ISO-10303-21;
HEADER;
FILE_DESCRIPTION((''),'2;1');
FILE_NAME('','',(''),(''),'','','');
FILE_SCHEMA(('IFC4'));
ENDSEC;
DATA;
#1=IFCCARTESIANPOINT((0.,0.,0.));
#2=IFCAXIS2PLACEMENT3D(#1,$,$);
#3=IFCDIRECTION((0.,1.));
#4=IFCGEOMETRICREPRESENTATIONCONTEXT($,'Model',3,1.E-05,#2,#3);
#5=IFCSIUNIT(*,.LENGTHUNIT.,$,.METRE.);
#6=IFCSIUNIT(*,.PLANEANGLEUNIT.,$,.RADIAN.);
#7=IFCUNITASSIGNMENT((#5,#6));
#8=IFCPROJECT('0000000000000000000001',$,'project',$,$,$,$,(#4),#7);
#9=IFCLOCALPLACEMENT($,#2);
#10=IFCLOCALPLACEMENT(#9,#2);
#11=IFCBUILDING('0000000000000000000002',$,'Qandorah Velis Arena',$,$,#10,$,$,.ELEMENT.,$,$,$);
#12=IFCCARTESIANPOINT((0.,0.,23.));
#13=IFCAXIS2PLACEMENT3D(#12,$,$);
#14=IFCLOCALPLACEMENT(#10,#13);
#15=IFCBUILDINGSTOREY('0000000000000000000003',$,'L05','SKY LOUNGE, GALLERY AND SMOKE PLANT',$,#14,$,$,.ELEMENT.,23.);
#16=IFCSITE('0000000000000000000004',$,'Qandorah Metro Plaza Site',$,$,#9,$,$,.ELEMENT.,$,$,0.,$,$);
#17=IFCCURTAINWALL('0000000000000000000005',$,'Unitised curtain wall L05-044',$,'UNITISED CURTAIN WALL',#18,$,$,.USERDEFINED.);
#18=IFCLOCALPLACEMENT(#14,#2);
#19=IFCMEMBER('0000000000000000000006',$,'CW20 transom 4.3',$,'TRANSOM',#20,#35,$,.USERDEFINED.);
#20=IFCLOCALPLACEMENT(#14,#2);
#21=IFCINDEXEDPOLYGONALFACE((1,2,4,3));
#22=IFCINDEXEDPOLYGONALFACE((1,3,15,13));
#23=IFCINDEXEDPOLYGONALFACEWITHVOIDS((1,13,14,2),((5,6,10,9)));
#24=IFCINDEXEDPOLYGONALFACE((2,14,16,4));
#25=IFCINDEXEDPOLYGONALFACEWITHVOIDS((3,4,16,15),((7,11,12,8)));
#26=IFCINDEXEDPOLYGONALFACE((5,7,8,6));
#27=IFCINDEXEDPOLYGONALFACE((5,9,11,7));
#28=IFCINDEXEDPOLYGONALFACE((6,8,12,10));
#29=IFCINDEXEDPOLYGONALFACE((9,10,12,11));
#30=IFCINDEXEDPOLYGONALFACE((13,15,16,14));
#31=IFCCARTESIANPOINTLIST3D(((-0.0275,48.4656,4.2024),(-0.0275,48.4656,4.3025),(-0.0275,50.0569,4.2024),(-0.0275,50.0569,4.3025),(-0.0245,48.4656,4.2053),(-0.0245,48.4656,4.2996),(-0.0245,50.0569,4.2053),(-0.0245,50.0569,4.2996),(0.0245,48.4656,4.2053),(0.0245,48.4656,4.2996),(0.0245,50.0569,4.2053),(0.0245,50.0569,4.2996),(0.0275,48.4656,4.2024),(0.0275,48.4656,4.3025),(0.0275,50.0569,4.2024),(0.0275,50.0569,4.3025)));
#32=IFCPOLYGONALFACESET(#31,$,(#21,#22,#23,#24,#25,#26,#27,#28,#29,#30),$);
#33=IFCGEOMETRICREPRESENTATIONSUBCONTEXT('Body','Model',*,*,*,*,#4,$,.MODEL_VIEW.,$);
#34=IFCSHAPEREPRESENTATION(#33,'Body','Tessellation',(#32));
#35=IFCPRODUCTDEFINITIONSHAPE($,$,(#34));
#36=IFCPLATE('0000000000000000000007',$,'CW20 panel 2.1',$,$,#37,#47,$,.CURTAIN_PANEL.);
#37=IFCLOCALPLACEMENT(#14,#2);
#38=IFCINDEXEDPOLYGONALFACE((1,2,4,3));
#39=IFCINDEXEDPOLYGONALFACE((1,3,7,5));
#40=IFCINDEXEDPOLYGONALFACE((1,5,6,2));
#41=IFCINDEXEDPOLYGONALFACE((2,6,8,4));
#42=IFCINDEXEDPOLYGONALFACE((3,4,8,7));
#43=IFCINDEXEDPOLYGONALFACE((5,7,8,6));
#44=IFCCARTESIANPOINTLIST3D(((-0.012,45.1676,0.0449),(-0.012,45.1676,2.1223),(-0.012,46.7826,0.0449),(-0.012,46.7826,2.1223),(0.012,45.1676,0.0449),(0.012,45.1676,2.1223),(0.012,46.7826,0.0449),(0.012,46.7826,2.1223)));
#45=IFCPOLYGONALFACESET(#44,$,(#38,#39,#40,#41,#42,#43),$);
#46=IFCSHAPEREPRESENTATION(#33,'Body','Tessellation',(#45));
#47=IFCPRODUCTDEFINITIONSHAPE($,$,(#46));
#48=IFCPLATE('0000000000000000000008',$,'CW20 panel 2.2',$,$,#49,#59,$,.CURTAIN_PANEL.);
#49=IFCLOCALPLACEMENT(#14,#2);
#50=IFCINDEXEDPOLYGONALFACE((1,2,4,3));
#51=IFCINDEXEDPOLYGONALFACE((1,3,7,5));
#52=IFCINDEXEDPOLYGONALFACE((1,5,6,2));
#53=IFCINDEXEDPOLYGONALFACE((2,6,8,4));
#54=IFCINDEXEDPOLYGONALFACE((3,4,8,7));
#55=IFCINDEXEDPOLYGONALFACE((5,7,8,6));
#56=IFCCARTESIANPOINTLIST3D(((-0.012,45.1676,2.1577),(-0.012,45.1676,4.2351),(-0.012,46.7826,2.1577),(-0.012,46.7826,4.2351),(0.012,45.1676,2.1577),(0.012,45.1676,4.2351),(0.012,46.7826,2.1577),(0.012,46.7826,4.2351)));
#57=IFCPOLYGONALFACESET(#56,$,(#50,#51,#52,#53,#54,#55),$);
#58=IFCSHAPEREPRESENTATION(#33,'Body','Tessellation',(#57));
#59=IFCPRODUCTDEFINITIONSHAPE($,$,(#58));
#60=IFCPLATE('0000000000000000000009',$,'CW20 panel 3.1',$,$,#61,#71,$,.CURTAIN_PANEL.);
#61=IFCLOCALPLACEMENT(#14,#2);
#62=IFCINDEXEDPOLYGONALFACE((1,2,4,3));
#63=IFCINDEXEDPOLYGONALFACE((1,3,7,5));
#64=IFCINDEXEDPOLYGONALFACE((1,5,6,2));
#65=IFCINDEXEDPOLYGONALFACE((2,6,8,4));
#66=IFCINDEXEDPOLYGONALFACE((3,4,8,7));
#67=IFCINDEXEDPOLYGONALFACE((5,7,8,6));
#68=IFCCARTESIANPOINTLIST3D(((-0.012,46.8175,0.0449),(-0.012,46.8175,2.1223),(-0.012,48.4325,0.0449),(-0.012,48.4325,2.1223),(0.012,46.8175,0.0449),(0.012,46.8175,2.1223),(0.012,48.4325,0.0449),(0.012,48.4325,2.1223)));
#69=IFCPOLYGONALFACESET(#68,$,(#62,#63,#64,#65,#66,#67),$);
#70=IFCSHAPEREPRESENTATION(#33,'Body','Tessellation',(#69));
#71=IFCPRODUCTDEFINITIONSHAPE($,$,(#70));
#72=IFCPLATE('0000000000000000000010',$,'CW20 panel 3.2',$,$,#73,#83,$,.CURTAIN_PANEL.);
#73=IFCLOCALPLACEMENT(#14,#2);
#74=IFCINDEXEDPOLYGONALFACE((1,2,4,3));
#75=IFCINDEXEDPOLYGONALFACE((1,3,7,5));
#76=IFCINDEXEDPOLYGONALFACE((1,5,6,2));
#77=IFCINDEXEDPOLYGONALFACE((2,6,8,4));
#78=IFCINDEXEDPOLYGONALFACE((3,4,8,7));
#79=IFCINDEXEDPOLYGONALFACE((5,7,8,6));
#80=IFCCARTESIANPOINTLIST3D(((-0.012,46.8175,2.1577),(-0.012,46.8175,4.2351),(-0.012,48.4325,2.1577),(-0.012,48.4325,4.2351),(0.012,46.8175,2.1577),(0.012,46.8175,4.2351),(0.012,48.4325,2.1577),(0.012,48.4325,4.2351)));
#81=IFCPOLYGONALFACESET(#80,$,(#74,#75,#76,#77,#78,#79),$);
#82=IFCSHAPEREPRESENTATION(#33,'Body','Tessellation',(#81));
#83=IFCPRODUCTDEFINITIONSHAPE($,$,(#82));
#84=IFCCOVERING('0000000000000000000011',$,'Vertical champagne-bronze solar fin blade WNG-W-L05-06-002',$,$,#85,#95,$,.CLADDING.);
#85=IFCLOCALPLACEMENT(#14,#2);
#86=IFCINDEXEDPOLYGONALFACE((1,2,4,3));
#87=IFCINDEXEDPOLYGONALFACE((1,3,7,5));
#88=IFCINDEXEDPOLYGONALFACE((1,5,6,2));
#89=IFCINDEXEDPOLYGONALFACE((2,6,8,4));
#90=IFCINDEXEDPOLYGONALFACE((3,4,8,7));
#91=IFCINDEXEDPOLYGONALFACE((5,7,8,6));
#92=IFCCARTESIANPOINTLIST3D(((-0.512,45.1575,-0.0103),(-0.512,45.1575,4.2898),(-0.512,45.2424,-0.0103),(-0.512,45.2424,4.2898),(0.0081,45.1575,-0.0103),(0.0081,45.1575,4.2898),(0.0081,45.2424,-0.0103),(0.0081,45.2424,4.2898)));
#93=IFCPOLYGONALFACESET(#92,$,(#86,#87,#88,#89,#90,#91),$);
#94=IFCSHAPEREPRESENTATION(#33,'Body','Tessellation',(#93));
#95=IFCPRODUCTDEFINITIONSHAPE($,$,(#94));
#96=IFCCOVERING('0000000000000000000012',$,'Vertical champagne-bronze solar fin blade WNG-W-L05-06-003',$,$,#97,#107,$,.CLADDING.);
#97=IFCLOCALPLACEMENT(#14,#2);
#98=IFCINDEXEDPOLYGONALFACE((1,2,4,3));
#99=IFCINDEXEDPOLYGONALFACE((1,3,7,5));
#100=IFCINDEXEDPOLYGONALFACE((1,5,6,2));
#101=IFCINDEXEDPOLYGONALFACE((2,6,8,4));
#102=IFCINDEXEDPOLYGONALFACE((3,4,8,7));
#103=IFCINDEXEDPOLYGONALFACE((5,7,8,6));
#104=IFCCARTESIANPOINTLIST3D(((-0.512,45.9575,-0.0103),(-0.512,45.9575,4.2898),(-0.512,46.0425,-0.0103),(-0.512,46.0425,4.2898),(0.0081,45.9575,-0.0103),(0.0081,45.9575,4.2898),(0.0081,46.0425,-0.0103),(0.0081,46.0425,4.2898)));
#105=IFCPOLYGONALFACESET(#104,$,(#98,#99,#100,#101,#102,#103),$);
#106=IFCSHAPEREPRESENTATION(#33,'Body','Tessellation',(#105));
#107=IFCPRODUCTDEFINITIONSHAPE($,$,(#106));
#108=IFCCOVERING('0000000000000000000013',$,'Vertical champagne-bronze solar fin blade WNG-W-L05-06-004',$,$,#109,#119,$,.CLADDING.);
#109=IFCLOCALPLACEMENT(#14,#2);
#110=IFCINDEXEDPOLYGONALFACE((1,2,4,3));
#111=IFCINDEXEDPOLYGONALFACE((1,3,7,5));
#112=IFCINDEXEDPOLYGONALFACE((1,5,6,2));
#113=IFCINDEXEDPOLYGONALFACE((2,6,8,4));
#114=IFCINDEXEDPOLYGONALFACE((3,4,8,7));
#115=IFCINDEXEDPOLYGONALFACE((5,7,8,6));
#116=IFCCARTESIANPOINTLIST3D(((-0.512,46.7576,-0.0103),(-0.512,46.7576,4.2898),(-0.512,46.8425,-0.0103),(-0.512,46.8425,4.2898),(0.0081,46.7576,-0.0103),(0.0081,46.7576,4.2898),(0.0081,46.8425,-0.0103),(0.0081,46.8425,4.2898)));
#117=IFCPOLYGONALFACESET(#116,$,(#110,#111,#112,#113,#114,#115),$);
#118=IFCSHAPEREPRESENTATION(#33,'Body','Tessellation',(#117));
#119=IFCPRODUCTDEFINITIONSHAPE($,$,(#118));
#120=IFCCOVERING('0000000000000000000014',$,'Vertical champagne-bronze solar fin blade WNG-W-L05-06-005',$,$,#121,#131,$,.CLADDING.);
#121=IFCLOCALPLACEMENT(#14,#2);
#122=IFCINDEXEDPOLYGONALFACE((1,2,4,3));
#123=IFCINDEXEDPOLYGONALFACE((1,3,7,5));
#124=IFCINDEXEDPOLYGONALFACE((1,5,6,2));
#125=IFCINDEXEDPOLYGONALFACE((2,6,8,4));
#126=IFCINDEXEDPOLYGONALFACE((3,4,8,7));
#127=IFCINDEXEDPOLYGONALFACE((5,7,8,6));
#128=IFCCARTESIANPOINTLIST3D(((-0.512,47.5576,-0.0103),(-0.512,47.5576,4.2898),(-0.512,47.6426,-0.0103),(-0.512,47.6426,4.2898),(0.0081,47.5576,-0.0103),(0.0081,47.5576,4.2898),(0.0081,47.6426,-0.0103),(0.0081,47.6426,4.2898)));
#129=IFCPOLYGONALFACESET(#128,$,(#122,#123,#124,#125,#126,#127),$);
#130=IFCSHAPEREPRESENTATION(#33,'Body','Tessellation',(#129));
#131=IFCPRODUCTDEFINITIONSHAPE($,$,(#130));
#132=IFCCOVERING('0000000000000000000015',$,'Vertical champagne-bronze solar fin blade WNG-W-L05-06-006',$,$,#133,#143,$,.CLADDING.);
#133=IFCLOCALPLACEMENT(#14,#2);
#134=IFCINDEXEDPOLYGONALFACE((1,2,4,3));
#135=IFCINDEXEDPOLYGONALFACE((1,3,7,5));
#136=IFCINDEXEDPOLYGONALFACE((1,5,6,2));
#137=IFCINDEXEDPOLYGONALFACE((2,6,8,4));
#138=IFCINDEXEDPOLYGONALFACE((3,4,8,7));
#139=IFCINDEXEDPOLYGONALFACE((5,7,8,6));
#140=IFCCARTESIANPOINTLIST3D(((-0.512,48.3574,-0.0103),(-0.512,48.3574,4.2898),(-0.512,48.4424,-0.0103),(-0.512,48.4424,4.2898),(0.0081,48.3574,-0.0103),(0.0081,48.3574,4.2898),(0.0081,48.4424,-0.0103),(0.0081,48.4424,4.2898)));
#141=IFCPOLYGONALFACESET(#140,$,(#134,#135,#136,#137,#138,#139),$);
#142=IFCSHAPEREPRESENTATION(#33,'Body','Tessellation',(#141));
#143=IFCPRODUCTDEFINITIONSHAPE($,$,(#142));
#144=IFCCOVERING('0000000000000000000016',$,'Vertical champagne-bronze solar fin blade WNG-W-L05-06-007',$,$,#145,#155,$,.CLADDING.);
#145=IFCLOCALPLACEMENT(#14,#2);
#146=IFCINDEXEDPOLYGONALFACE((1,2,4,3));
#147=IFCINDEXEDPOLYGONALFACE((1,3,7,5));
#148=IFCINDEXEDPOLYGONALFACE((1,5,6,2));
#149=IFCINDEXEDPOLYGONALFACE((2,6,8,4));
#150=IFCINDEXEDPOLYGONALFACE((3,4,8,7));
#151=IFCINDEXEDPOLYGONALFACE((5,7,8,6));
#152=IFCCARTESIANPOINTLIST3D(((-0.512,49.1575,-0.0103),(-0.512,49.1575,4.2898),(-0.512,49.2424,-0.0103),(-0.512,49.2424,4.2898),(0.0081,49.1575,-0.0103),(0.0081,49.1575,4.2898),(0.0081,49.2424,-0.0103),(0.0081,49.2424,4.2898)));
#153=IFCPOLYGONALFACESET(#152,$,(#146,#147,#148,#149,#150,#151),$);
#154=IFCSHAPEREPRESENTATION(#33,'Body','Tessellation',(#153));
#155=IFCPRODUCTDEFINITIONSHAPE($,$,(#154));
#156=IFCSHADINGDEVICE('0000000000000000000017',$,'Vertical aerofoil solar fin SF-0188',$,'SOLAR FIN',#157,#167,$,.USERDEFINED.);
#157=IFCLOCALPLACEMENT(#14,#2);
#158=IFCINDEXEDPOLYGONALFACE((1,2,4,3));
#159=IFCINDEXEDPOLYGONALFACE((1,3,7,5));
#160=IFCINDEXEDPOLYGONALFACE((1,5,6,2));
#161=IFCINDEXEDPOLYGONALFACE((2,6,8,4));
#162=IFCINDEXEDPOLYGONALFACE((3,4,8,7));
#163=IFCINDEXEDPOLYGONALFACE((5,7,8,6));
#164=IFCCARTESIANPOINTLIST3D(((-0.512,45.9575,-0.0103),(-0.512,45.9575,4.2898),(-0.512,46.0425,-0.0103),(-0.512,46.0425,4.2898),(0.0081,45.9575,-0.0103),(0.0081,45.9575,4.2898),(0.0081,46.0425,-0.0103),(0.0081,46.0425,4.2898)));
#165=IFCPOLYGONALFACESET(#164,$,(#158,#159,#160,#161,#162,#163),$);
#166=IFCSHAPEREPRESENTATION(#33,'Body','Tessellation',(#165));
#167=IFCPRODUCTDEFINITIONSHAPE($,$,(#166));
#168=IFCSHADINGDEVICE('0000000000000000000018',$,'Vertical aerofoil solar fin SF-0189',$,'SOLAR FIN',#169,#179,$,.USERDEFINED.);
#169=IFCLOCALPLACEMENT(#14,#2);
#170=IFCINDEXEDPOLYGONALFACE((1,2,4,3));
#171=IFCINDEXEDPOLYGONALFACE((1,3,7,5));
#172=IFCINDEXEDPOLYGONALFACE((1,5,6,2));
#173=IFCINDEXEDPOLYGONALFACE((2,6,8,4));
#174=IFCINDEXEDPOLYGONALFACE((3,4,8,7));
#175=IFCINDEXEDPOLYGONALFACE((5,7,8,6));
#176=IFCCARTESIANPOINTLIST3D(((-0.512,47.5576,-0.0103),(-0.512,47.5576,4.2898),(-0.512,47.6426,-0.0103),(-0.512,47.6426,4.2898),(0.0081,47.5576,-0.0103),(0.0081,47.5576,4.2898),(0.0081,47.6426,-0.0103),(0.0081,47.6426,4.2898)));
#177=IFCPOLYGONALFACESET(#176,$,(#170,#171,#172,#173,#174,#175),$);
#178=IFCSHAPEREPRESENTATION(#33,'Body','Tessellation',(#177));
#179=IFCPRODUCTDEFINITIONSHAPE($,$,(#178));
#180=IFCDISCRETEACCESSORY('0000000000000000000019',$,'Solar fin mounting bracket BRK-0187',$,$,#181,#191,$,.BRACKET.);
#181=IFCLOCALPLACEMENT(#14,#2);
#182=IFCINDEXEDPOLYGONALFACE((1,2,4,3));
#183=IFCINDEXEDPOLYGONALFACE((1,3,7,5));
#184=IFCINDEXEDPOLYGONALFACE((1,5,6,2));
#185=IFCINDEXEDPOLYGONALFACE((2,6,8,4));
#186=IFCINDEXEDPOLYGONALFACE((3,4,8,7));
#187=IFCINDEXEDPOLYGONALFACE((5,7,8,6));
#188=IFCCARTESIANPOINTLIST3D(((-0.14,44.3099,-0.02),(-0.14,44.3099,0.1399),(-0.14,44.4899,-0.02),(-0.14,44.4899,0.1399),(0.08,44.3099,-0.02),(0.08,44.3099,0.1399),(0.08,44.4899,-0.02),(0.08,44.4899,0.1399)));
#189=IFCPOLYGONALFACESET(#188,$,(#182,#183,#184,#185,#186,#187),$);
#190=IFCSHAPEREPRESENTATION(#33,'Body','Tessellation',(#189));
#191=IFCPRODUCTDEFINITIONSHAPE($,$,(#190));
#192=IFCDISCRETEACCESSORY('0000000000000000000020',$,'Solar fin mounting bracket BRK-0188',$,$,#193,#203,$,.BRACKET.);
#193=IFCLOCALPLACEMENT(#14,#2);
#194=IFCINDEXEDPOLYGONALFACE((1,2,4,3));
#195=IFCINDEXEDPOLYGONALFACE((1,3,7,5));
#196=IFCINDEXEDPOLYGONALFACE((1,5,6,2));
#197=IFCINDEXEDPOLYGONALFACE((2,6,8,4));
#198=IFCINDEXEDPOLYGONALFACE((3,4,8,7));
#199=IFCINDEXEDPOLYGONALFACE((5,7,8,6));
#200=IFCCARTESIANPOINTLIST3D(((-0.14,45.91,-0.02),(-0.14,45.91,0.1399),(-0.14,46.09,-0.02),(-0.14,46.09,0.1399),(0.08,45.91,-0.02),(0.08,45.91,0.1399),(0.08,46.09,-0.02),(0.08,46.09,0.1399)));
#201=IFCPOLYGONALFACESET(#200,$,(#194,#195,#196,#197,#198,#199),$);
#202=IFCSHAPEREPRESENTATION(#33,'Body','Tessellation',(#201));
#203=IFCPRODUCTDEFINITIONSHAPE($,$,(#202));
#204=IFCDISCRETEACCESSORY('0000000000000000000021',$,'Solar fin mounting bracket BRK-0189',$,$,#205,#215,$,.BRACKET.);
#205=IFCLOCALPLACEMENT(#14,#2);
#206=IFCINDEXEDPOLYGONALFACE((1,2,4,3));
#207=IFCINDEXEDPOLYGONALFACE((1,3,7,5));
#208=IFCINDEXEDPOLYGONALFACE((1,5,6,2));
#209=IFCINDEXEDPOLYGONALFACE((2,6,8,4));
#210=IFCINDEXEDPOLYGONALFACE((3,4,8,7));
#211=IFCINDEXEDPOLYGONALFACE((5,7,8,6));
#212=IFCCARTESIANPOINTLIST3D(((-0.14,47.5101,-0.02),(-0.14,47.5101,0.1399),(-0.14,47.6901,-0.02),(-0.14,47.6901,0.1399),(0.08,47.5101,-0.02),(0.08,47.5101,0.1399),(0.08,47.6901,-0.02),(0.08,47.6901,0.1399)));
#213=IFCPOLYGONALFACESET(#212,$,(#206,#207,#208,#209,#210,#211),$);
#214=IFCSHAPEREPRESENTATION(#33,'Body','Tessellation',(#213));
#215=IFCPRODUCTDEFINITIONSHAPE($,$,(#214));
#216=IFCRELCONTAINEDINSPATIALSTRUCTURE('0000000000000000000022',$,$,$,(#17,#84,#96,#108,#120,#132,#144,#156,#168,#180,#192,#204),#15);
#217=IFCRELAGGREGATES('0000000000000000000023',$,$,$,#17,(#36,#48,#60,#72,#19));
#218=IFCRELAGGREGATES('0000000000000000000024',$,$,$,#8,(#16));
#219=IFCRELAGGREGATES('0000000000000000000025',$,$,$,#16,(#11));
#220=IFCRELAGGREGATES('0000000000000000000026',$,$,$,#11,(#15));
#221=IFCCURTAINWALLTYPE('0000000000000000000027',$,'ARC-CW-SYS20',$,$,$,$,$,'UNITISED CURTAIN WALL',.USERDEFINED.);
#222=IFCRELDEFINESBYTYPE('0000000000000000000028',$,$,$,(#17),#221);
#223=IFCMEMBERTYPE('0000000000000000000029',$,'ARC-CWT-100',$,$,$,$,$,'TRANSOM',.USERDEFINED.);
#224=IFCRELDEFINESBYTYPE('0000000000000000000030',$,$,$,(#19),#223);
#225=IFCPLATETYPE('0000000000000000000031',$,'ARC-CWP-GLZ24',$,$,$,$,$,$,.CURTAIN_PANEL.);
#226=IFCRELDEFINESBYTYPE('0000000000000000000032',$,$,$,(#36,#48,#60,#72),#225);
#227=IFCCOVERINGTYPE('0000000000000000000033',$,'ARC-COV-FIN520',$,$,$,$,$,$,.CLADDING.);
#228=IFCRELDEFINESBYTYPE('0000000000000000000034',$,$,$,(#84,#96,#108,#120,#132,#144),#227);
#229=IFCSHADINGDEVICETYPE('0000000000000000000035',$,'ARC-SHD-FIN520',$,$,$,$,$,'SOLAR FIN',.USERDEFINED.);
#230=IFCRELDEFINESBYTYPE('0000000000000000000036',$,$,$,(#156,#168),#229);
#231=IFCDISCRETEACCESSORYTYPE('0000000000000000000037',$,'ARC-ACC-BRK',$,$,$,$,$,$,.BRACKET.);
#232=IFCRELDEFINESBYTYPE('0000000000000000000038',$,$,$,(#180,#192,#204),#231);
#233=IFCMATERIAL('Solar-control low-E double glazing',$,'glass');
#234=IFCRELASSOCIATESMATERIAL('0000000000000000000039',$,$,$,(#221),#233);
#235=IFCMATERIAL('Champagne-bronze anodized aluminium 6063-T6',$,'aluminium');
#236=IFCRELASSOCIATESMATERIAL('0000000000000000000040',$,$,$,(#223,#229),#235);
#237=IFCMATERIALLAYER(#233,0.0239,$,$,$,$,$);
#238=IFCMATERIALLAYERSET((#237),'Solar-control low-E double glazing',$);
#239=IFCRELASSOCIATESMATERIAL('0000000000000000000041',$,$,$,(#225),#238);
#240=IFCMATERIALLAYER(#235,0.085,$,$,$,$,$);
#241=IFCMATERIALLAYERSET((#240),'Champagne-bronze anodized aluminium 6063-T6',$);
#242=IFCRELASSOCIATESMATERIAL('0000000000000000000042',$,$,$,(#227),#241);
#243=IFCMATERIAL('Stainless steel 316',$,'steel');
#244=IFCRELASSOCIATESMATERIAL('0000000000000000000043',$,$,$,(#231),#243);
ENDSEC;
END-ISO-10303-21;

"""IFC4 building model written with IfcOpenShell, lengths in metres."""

from ifc_helpers import new_model, si_unit, direction, frame, origin, origin_2d, place, context, subcontext, project, spatial, rectangle, hollow_rectangle, extrude, material, layer, layer_set, material_profile, profile_set, type_object, element, aggregate, save


model = new_model("IFC4")

# Units and contexts
model_context = context("Model", 3, precision=1e-05, world=origin(), true_north=direction((0.0, 1.0)))
body_context = subcontext(model_context, "Body", "Model", "MODEL_VIEW")
ifc_project = project(units=[si_unit("LENGTHUNIT", "METRE"), si_unit("PLANEANGLEUNIT", "RADIAN")], contexts=[model_context])

# Site, building, storey
site_placement = place(None, origin())
site = spatial("IfcSite", under=ifc_project, at=site_placement, Name="Qandorah Metro Plaza Site", CompositionType="ELEMENT", RefElevation=0.0)
building_placement = place(site_placement, origin())
building = spatial("IfcBuilding", under=site, at=building_placement, Name="Qandorah Velis Arena", CompositionType="ELEMENT")
storey_placement = place(building_placement, frame((0.0, 0.0, 23.0)))
storey = spatial("IfcBuildingStorey", under=building, at=storey_placement, Name="L05", Description="SKY LOUNGE, GALLERY AND SMOKE PLANT", CompositionType="ELEMENT", Elevation=23.0)

# Curtain wall, member, plates
ifc_material_1 = material(Name="Solar-control low-E double glazing", Category="glass")
curtain_wall_type = type_object("IfcCurtainWallType", Name="ARC-CW-SYS20", ElementType="UNITISED CURTAIN WALL", PredefinedType="USERDEFINED", material=ifc_material_1)
curtain_wall_placement = place(storey_placement, origin())
curtain_wall = element("IfcCurtainWall", 1, at=curtain_wall_placement, inside=storey, type_object=curtain_wall_type, Name="Unitised curtain wall L05-044", ObjectType="UNITISED CURTAIN WALL", PredefinedType="USERDEFINED")
ifc_material_2 = material(Name="Champagne-bronze anodized aluminium 6063-T6", Category="aluminium")
ifc_material_profile_1 = material_profile(ifc_material_2, hollow_rectangle(XDim=0.0549, YDim=0.1001, WallThickness=0.0029, at=origin_2d()), Name="ALU TRANSOM 55x100")
ifc_profile_set_1 = profile_set([ifc_material_profile_1], Name="Champagne-bronze anodized aluminium 6063-T6")
member_type_1 = type_object("IfcMemberType", Name="ARC-CWT-100", ElementType="TRANSOM", PredefinedType="USERDEFINED", material=ifc_profile_set_1)
member_1_placement = place(storey_placement, frame((0.0, 48.4656, 4.2524), z_axis=(0.0, 1.0, 0.0), x_axis=(-1.0, 0.0, 0.0)))
member_1 = element("IfcMember", 2, at=member_1_placement, type_object=member_type_1, Name="CW20 transom 4.3", ObjectType="TRANSOM", PredefinedType="USERDEFINED", context=body_context, shape_type="SweptSolid", body=[
    extrude(hollow_rectangle(XDim=0.0549, YDim=0.1001, WallThickness=0.0029, at=origin_2d()), origin(), (0.0, 0.0, 1.0), 1.5913),
])
ifc_layer_1 = layer(ifc_material_1, 0.0239)
ifc_layer_set_1 = layer_set([ifc_layer_1], Name="Solar-control low-E double glazing")
plate_type = type_object("IfcPlateType", Name="ARC-CWP-GLZ24", PredefinedType="CURTAIN_PANEL", material=ifc_layer_set_1)
plate_1_placement = place(storey_placement, frame((0.0, 45.9751, 0.0449), z_axis=(0.0, 0.0, 1.0), x_axis=(0.0, 1.0, 0.0)))
plate_1 = element("IfcPlate", 3, at=plate_1_placement, type_object=plate_type, Name="CW20 panel 2.1", PredefinedType="CURTAIN_PANEL", context=body_context, shape_type="SweptSolid", body=[
    extrude(rectangle(XDim=1.615, YDim=0.0239, at=origin_2d()), origin(), (0.0, 0.0, 1.0), 2.0774),
])
plate_2_placement = place(storey_placement, frame((0.0, 45.9751, 2.1577), z_axis=(0.0, 0.0, 1.0), x_axis=(0.0, 1.0, 0.0)))
plate_2 = element("IfcPlate", 4, at=plate_2_placement, type_object=plate_type, Name="CW20 panel 2.2", PredefinedType="CURTAIN_PANEL", context=body_context, shape_type="SweptSolid", body=[
    extrude(rectangle(XDim=1.615, YDim=0.0239, at=origin_2d()), origin(), (0.0, 0.0, 1.0), 2.0774),
])
plate_3_placement = place(storey_placement, frame((0.0, 47.625, 0.0449), z_axis=(0.0, 0.0, 1.0), x_axis=(0.0, 1.0, 0.0)))
plate_3 = element("IfcPlate", 5, at=plate_3_placement, type_object=plate_type, Name="CW20 panel 3.1", PredefinedType="CURTAIN_PANEL", context=body_context, shape_type="SweptSolid", body=[
    extrude(rectangle(XDim=1.615, YDim=0.0239, at=origin_2d()), origin(), (0.0, 0.0, 1.0), 2.0774),
])
plate_4_placement = place(storey_placement, frame((0.0, 47.625, 2.1577), z_axis=(0.0, 0.0, 1.0), x_axis=(0.0, 1.0, 0.0)))
plate_4 = element("IfcPlate", 6, at=plate_4_placement, type_object=plate_type, Name="CW20 panel 3.2", PredefinedType="CURTAIN_PANEL", context=body_context, shape_type="SweptSolid", body=[
    extrude(rectangle(XDim=1.615, YDim=0.0239, at=origin_2d()), origin(), (0.0, 0.0, 1.0), 2.0774),
])
aggregate(curtain_wall, [plate_1, plate_2, plate_3, plate_4, member_1])

# Coverings
ifc_layer_2 = layer(ifc_material_2, 0.085)
ifc_layer_set_2 = layer_set([ifc_layer_2], Name="Champagne-bronze anodized aluminium 6063-T6")
covering_type = type_object("IfcCoveringType", Name="ARC-COV-FIN520", PredefinedType="CLADDING", material=ifc_layer_set_2)
for number, where, z_axis, x_axis, name in (
    (7, (-0.252, 45.2, -0.0103), (0.0, 0.0, 1.0), (1.0, 0.0, 0.0), "Vertical champagne-bronze solar fin blade WNG-W-L05-06-002"),
    (8, (-0.252, 46.0, -0.0103), (0.0, 0.0, 1.0), (1.0, 0.0, 0.0), "Vertical champagne-bronze solar fin blade WNG-W-L05-06-003"),
    (9, (-0.252, 46.8, -0.0103), (0.0, 0.0, 1.0), (1.0, 0.0, 0.0), "Vertical champagne-bronze solar fin blade WNG-W-L05-06-004"),
    (10, (-0.252, 47.6001, -0.0103), (0.0, 0.0, 1.0), (1.0, 0.0, 0.0), "Vertical champagne-bronze solar fin blade WNG-W-L05-06-005"),
    (11, (-0.252, 48.3999, -0.0103), (0.0, 0.0, 1.0), (1.0, 0.0, 0.0), "Vertical champagne-bronze solar fin blade WNG-W-L05-06-006"),
    (12, (-0.252, 49.2, -0.0103), (0.0, 0.0, 1.0), (1.0, 0.0, 0.0), "Vertical champagne-bronze solar fin blade WNG-W-L05-06-007"),
):
    element("IfcCovering", number, at=place(storey_placement, frame(where, z_axis=z_axis, x_axis=x_axis)), inside=storey, type_object=covering_type, Name=name, PredefinedType="CLADDING", context=body_context, shape_type="SweptSolid", body=[
        extrude(rectangle(XDim=0.52, YDim=0.085, at=origin_2d()), origin(), (0.0, 0.0, 1.0), 4.3),
    ])

# Shading devices
shading_device_type = type_object("IfcShadingDeviceType", Name="ARC-SHD-FIN520", ElementType="SOLAR FIN", PredefinedType="USERDEFINED", material=ifc_material_2)
for number, where, z_axis, x_axis, name in (
    (13, (-0.252, 46.0, -0.0103), (0.0, 0.0, 1.0), (1.0, 0.0, 0.0), "Vertical aerofoil solar fin SF-0188"),
    (14, (-0.252, 47.6001, -0.0103), (0.0, 0.0, 1.0), (1.0, 0.0, 0.0), "Vertical aerofoil solar fin SF-0189"),
):
    element("IfcShadingDevice", number, at=place(storey_placement, frame(where, z_axis=z_axis, x_axis=x_axis)), inside=storey, type_object=shading_device_type, Name=name, ObjectType="SOLAR FIN", PredefinedType="USERDEFINED", context=body_context, shape_type="SweptSolid", body=[
        extrude(rectangle(XDim=0.52, YDim=0.085, at=origin_2d()), origin(), (0.0, 0.0, 1.0), 4.3),
    ])

# Discrete accessories
ifc_material_3 = material(Name="Stainless steel 316", Category="steel")
discrete_accessory_type = type_object("IfcDiscreteAccessoryType", Name="ARC-ACC-BRK", PredefinedType="BRACKET", material=ifc_material_3)
for number, where, z_axis, x_axis, name in (
    (15, (-0.03, 44.3999, -0.02), (0.0, 0.0, 1.0), (1.0, 0.0, 0.0), "Solar fin mounting bracket BRK-0187"),
    (16, (-0.03, 46.0, -0.02), (0.0, 0.0, 1.0), (1.0, 0.0, 0.0), "Solar fin mounting bracket BRK-0188"),
    (17, (-0.03, 47.6001, -0.02), (0.0, 0.0, 1.0), (1.0, 0.0, 0.0), "Solar fin mounting bracket BRK-0189"),
):
    element("IfcDiscreteAccessory", number, at=place(storey_placement, frame(where, z_axis=z_axis, x_axis=x_axis)), inside=storey, type_object=discrete_accessory_type, Name=name, PredefinedType="BRACKET", context=body_context, shape_type="SweptSolid", body=[
        extrude(rectangle(XDim=0.22, YDim=0.1799, at=origin_2d()), origin(), (0.0, 0.0, 1.0), 0.1599),
    ])

save(model, "model.ifc")
